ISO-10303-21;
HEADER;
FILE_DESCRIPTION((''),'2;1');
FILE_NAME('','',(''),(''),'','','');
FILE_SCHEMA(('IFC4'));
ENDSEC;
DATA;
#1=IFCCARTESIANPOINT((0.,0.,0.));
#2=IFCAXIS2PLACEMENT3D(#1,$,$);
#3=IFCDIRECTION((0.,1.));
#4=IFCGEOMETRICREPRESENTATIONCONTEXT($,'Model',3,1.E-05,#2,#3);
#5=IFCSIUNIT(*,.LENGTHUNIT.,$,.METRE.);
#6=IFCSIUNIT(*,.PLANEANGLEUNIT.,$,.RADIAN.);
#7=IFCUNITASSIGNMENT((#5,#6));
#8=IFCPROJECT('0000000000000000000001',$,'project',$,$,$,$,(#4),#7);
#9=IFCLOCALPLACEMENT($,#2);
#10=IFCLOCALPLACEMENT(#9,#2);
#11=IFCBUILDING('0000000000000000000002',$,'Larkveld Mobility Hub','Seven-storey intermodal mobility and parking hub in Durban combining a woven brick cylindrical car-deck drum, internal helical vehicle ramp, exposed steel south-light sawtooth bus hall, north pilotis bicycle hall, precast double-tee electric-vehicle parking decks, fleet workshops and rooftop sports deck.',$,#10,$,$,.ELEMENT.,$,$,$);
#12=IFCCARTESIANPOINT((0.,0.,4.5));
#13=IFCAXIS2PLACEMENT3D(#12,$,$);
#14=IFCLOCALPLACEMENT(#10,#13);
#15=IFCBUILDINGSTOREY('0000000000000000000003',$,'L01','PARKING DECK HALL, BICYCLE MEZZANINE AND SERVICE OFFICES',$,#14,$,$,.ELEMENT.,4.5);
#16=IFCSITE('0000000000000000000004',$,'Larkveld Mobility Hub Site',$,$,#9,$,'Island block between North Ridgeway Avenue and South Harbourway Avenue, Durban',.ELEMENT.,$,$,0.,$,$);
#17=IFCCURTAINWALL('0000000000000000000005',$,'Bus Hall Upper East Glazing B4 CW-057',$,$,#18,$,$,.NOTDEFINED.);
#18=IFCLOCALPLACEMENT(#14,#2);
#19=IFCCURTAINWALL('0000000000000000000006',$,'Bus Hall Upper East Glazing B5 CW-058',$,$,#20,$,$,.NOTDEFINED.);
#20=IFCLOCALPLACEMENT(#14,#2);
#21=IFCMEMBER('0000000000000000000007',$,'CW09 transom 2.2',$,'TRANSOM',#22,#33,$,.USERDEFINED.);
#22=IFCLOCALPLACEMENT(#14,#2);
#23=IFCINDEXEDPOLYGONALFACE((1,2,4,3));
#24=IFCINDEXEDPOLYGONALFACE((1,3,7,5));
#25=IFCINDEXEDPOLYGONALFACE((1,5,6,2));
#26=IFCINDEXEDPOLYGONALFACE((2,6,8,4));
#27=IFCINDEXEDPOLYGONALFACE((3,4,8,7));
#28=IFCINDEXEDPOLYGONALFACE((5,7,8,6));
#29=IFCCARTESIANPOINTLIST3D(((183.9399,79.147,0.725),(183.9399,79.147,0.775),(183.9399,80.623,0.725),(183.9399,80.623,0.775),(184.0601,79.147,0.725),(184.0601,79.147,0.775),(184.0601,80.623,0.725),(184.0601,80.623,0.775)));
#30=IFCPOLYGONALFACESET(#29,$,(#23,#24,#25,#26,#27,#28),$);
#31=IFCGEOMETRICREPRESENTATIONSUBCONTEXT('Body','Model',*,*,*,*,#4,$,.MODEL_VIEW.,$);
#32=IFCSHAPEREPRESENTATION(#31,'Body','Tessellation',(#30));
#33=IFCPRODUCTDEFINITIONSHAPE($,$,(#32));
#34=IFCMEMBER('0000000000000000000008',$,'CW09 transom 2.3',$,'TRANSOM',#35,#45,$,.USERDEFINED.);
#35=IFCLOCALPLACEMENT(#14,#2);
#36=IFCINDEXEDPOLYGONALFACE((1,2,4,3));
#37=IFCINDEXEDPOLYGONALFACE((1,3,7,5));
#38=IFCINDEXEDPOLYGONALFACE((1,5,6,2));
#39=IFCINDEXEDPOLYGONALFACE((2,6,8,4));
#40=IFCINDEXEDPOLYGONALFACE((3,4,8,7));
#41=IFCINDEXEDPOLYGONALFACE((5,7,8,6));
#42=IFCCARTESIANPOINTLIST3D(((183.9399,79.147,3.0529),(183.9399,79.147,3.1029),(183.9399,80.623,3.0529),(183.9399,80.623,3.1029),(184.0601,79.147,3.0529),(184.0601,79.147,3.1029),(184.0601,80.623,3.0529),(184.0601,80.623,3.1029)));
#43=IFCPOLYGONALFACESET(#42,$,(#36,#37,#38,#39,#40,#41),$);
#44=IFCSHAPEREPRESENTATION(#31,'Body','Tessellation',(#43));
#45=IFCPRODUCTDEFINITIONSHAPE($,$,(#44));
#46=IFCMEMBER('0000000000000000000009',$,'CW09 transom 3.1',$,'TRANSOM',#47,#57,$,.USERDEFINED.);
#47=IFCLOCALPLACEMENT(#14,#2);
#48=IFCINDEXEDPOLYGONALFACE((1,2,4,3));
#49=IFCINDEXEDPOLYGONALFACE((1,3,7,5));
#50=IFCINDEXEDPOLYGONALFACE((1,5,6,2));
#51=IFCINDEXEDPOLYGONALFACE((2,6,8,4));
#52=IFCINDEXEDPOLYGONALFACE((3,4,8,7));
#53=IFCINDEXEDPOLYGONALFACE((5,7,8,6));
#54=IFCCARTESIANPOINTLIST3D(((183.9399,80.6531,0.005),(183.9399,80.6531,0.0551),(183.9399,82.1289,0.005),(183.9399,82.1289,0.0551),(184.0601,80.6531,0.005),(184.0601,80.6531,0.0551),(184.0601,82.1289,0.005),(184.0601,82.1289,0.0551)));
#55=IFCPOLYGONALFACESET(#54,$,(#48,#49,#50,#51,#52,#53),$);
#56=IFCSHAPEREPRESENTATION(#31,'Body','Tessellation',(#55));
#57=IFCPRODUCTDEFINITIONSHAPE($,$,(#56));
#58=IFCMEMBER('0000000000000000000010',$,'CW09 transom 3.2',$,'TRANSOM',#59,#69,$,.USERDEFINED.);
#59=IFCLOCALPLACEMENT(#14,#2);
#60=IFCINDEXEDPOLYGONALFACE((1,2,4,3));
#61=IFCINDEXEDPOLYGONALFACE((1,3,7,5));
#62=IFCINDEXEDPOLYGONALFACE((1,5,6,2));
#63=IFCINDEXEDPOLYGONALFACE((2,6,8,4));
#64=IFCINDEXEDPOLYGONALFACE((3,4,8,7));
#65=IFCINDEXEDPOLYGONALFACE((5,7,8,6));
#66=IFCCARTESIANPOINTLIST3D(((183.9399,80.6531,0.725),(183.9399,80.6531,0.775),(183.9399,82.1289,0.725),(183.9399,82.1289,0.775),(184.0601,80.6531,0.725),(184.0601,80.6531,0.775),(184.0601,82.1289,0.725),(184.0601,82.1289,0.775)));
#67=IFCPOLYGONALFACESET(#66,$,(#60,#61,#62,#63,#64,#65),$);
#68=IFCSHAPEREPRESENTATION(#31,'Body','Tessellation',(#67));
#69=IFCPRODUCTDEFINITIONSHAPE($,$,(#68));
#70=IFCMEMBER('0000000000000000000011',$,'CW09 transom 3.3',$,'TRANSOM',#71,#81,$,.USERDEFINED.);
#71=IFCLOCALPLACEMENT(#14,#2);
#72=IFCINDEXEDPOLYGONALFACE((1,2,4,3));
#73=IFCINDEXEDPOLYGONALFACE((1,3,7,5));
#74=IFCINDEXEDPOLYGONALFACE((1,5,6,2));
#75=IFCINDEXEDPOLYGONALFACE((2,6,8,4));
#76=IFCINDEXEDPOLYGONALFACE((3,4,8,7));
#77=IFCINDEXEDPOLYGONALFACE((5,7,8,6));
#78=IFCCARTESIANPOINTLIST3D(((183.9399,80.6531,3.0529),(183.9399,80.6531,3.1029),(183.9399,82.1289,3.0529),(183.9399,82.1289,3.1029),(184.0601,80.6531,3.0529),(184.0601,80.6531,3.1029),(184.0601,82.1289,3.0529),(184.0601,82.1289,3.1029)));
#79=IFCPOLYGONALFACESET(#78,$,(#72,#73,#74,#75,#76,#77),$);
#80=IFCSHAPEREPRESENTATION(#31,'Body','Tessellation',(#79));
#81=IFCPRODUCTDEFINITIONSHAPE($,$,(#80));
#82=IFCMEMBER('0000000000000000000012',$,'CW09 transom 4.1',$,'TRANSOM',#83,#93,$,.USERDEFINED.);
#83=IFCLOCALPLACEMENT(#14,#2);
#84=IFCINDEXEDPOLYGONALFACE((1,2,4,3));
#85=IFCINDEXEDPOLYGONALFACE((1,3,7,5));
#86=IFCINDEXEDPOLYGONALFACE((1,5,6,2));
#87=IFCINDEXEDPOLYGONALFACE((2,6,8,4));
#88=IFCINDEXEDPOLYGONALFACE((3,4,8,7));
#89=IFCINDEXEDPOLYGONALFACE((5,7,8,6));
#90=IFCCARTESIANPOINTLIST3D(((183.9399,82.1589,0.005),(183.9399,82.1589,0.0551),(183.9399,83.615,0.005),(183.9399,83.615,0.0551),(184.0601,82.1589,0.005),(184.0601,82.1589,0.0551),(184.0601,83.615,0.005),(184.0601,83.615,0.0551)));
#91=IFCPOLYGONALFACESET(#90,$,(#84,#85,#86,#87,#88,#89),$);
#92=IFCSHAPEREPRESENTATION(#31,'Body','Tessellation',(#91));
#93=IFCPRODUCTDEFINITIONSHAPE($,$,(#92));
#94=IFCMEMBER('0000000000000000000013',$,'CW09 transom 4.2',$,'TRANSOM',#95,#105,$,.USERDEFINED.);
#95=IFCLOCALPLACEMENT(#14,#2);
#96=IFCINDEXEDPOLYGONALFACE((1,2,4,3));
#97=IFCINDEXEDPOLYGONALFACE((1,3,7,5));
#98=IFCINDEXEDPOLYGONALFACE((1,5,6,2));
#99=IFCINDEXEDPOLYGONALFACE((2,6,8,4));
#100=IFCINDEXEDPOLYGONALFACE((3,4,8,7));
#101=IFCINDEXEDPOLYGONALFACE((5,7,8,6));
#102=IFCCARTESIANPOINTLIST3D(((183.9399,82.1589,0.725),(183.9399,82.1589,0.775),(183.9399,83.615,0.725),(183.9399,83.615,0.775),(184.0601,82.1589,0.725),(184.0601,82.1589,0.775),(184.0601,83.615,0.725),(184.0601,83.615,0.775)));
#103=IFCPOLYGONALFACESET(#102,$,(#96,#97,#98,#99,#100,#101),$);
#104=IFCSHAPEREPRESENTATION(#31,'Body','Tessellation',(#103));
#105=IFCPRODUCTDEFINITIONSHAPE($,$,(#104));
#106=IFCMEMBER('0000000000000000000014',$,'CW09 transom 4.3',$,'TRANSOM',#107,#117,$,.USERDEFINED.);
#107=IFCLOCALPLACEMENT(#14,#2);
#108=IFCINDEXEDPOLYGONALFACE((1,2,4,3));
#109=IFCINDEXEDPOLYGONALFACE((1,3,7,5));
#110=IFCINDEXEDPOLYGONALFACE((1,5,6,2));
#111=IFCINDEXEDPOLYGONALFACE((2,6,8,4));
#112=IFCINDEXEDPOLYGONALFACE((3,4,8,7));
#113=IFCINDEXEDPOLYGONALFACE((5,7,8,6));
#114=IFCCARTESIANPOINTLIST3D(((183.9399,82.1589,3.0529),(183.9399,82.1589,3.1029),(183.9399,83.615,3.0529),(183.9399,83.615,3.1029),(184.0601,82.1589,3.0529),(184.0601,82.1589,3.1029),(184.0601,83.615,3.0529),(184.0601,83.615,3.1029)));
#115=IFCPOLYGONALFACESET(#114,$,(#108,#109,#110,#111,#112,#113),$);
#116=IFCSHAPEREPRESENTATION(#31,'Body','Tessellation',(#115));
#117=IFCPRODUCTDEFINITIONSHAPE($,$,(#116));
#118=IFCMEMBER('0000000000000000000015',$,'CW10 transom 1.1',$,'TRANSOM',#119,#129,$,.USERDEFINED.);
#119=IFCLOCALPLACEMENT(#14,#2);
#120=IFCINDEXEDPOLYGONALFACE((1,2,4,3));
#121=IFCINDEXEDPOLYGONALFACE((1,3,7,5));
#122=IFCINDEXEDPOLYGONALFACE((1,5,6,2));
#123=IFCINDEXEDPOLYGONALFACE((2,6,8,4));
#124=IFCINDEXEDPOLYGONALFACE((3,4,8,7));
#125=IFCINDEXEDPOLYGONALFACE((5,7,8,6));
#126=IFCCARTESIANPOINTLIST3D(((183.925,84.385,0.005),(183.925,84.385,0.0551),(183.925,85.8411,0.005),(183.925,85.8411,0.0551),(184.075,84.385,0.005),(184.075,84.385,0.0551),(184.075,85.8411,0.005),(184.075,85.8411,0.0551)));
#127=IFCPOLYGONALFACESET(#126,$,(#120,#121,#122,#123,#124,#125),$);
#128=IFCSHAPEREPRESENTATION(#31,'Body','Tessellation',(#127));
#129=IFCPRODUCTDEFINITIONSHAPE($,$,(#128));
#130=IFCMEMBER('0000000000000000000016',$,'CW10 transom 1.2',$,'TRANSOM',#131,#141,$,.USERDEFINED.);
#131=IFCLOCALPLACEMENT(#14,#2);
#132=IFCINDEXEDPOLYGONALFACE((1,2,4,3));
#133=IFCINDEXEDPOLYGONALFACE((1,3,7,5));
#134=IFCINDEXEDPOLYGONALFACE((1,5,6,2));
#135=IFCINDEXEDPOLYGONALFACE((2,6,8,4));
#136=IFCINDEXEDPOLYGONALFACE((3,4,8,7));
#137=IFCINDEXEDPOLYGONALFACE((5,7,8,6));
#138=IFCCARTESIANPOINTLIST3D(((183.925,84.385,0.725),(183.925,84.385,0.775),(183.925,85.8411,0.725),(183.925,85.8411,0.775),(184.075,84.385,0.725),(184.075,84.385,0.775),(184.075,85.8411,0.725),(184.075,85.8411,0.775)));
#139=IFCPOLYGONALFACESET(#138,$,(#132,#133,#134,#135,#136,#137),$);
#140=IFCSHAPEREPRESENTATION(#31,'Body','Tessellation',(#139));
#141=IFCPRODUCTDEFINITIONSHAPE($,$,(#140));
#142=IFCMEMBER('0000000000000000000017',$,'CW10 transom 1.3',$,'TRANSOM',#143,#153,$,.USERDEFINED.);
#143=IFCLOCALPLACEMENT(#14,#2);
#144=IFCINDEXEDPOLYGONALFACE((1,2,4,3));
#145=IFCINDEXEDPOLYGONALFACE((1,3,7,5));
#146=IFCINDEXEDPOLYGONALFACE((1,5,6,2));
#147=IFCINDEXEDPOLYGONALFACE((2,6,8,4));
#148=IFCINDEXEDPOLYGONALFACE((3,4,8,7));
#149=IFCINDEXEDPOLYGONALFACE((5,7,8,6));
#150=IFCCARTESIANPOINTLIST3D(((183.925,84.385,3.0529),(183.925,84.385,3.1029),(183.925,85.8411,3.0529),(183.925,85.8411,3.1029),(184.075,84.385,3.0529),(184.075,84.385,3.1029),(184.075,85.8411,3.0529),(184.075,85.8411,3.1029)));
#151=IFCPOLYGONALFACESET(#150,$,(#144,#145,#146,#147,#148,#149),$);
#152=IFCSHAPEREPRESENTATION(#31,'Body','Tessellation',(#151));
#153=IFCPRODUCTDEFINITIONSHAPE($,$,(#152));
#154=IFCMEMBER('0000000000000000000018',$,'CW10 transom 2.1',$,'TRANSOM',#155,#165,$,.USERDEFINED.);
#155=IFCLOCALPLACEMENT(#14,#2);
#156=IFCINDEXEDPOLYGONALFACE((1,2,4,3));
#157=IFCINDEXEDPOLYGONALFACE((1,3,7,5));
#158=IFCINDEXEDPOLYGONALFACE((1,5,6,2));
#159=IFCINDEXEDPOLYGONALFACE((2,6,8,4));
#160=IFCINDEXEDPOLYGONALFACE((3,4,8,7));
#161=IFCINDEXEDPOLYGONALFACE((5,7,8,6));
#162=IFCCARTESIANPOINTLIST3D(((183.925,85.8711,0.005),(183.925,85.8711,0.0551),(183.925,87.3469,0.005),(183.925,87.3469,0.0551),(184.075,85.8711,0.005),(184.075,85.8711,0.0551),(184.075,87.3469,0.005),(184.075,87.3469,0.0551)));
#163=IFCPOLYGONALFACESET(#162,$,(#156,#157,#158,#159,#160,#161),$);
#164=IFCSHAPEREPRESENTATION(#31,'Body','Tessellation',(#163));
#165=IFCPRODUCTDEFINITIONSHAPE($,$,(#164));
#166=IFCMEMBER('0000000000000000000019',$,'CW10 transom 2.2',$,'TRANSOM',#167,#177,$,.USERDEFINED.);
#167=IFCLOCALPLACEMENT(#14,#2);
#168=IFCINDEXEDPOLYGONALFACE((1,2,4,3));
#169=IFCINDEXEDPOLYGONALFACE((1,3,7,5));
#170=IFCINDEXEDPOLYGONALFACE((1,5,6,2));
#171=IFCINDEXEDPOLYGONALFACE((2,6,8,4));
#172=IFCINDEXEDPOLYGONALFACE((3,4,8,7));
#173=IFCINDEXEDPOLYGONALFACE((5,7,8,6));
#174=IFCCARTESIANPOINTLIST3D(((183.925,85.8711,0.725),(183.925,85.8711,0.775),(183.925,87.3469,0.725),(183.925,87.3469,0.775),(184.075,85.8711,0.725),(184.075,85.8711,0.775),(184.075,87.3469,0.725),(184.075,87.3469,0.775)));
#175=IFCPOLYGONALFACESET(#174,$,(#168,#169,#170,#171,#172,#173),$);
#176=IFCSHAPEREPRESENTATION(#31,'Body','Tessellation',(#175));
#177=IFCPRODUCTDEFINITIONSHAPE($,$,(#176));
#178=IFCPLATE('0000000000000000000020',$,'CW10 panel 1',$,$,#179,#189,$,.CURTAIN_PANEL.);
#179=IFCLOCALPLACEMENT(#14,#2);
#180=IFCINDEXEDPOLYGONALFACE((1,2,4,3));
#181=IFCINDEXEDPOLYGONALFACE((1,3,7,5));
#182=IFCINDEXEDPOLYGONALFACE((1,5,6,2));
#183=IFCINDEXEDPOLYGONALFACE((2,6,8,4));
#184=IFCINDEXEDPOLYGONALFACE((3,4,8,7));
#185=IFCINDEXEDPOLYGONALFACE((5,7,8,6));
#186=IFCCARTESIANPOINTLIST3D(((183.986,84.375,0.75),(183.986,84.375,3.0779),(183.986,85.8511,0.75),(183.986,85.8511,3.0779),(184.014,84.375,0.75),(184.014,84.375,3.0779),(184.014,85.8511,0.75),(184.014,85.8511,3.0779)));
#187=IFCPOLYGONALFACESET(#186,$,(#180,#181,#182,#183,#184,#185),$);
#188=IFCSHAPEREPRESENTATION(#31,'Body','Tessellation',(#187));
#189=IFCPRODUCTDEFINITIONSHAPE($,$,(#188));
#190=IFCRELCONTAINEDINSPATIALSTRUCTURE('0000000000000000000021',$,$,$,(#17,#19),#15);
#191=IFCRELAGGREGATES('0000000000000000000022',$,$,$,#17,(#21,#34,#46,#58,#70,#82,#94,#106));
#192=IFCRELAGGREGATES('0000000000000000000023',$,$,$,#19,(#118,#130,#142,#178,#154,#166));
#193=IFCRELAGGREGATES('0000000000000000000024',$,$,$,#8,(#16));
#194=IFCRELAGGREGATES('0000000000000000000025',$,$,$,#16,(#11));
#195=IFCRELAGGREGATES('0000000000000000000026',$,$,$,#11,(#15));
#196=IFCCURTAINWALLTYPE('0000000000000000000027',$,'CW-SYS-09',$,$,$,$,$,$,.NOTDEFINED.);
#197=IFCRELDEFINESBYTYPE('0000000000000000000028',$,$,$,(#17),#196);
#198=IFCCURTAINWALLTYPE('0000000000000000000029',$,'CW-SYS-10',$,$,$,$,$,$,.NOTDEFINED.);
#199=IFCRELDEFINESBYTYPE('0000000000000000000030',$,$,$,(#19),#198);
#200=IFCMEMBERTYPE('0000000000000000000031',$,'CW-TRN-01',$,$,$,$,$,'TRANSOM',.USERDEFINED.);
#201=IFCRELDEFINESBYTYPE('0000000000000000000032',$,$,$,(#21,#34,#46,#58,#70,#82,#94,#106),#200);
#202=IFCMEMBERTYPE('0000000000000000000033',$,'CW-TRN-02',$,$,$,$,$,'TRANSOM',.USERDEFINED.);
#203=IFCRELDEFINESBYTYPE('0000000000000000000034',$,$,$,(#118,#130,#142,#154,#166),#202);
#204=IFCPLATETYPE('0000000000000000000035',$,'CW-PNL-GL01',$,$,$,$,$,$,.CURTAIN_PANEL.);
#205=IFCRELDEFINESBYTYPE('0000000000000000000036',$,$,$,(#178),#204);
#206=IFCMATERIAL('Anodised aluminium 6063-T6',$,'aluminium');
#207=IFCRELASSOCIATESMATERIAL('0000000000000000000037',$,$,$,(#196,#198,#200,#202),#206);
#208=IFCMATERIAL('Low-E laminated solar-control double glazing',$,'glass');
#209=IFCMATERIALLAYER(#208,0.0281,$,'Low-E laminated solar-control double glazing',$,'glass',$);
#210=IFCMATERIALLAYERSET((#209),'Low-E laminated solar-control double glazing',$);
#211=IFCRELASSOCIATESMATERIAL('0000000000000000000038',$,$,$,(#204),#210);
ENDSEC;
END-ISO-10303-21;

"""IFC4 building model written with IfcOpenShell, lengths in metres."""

from ifc_helpers import new_model, si_unit, direction, frame, origin, origin_2d, place, context, subcontext, project, spatial, rectangle, extrude, material, layer, layer_set, material_profile, profile_set, type_object, element, aggregate, save


model = new_model("IFC4")

# Units and contexts
model_context = context("Model", 3, precision=1e-05, world=origin(), true_north=direction((0.0, 1.0)))
body_context = subcontext(model_context, "Body", "Model", "MODEL_VIEW")
ifc_project = project(units=[si_unit("LENGTHUNIT", "METRE"), si_unit("PLANEANGLEUNIT", "RADIAN")], contexts=[model_context])

# Site, building, storey
site_placement = place(None, origin())
site = spatial("IfcSite", under=ifc_project, at=site_placement, Name="Larkveld Mobility Hub Site", LongName="Island block between North Ridgeway Avenue and South Harbourway Avenue, Durban", CompositionType="ELEMENT", RefElevation=0.0)
building_placement = place(site_placement, origin())
building = spatial("IfcBuilding", under=site, at=building_placement, Name="Larkveld Mobility Hub", Description="Seven-storey intermodal mobility and parking hub in Durban combining a woven brick cylindrical car-deck drum, internal helical vehicle ramp, exposed steel south-light sawtooth bus hall, north pilotis bicycle hall, precast double-tee electric-vehicle parking decks, fleet workshops and rooftop sports deck.", CompositionType="ELEMENT")
storey_placement = place(building_placement, frame((0.0, 0.0, 4.5)))
storey = spatial("IfcBuildingStorey", under=building, at=storey_placement, Name="L01", Description="PARKING DECK HALL, BICYCLE MEZZANINE AND SERVICE OFFICES", CompositionType="ELEMENT", Elevation=4.5)

# Curtain walls
ifc_material_1 = material(Name="Anodised aluminium 6063-T6", Category="aluminium")
curtain_wall_type_1 = type_object("IfcCurtainWallType", Name="CW-SYS-09", PredefinedType="NOTDEFINED", material=ifc_material_1)
curtain_wall_1_placement = place(storey_placement, origin())
curtain_wall_1 = element("IfcCurtainWall", 1, at=curtain_wall_1_placement, inside=storey, type_object=curtain_wall_type_1, Name="Bus Hall Upper East Glazing B4 CW-057", PredefinedType="NOTDEFINED")
curtain_wall_type_2 = type_object("IfcCurtainWallType", Name="CW-SYS-10", PredefinedType="NOTDEFINED", material=ifc_material_1)
curtain_wall_2_placement = place(storey_placement, origin())
curtain_wall_2 = element("IfcCurtainWall", 2, at=curtain_wall_2_placement, inside=storey, type_object=curtain_wall_type_2, Name="Bus Hall Upper East Glazing B5 CW-058", PredefinedType="NOTDEFINED")

# Members
ifc_material_profile_1 = material_profile(ifc_material_1, rectangle(XDim=0.1201, YDim=0.05, at=origin_2d()), Name="ALU TRAN 50x120")
ifc_profile_set_1 = profile_set([ifc_material_profile_1], Name="Anodised aluminium 6063-T6")
member_type_1 = type_object("IfcMemberType", Name="CW-TRN-01", ElementType="TRANSOM", PredefinedType="USERDEFINED", material=ifc_profile_set_1)
member_1_placement = place(storey_placement, frame((184.0, 79.147, 0.75), z_axis=(0.0, 1.0, 0.0), x_axis=(-1.0, 0.0, 0.0)))
member_1 = element("IfcMember", 3, at=member_1_placement, type_object=member_type_1, Name="CW09 transom 2.2", ObjectType="TRANSOM", PredefinedType="USERDEFINED", context=body_context, shape_type="SweptSolid", body=[
    extrude(rectangle(XDim=0.1201, YDim=0.05, at=origin_2d()), origin(), (0.0, 0.0, 1.0), 1.4761),
])
member_2_placement = place(storey_placement, frame((184.0, 79.147, 3.0779), z_axis=(0.0, 1.0, 0.0), x_axis=(-1.0, 0.0, 0.0)))
member_2 = element("IfcMember", 4, at=member_2_placement, type_object=member_type_1, Name="CW09 transom 2.3", ObjectType="TRANSOM", PredefinedType="USERDEFINED", context=body_context, shape_type="SweptSolid", body=[
    extrude(rectangle(XDim=0.1201, YDim=0.05, at=origin_2d()), origin(), (0.0, 0.0, 1.0), 1.4761),
])
member_3_placement = place(storey_placement, frame((184.0, 80.6531, 0.03), z_axis=(0.0, 1.0, 0.0), x_axis=(-1.0, 0.0, 0.0)))
member_3 = element("IfcMember", 5, at=member_3_placement, type_object=member_type_1, Name="CW09 transom 3.1", ObjectType="TRANSOM", PredefinedType="USERDEFINED", context=body_context, shape_type="SweptSolid", body=[
    extrude(rectangle(XDim=0.1201, YDim=0.05, at=origin_2d()), origin(), (0.0, 0.0, 1.0), 1.4758),
])
member_4_placement = place(storey_placement, frame((184.0, 80.6531, 0.75), z_axis=(0.0, 1.0, 0.0), x_axis=(-1.0, 0.0, 0.0)))
member_4 = element("IfcMember", 6, at=member_4_placement, type_object=member_type_1, Name="CW09 transom 3.2", ObjectType="TRANSOM", PredefinedType="USERDEFINED", context=body_context, shape_type="SweptSolid", body=[
    extrude(rectangle(XDim=0.1201, YDim=0.05, at=origin_2d()), origin(), (0.0, 0.0, 1.0), 1.4758),
])
member_5_placement = place(storey_placement, frame((184.0, 80.6531, 3.0779), z_axis=(0.0, 1.0, 0.0), x_axis=(-1.0, 0.0, 0.0)))
member_5 = element("IfcMember", 7, at=member_5_placement, type_object=member_type_1, Name="CW09 transom 3.3", ObjectType="TRANSOM", PredefinedType="USERDEFINED", context=body_context, shape_type="SweptSolid", body=[
    extrude(rectangle(XDim=0.1201, YDim=0.05, at=origin_2d()), origin(), (0.0, 0.0, 1.0), 1.4758),
])
member_6_placement = place(storey_placement, frame((184.0, 82.1589, 0.03), z_axis=(0.0, 1.0, 0.0), x_axis=(-1.0, 0.0, 0.0)))
member_6 = element("IfcMember", 8, at=member_6_placement, type_object=member_type_1, Name="CW09 transom 4.1", ObjectType="TRANSOM", PredefinedType="USERDEFINED", context=body_context, shape_type="SweptSolid", body=[
    extrude(rectangle(XDim=0.1201, YDim=0.05, at=origin_2d()), origin(), (0.0, 0.0, 1.0), 1.4561),
])
member_7_placement = place(storey_placement, frame((184.0, 82.1589, 0.75), z_axis=(0.0, 1.0, 0.0), x_axis=(-1.0, 0.0, 0.0)))
member_7 = element("IfcMember", 9, at=member_7_placement, type_object=member_type_1, Name="CW09 transom 4.2", ObjectType="TRANSOM", PredefinedType="USERDEFINED", context=body_context, shape_type="SweptSolid", body=[
    extrude(rectangle(XDim=0.1201, YDim=0.05, at=origin_2d()), origin(), (0.0, 0.0, 1.0), 1.4561),
])
member_8_placement = place(storey_placement, frame((184.0, 82.1589, 3.0779), z_axis=(0.0, 1.0, 0.0), x_axis=(-1.0, 0.0, 0.0)))
member_8 = element("IfcMember", 10, at=member_8_placement, type_object=member_type_1, Name="CW09 transom 4.3", ObjectType="TRANSOM", PredefinedType="USERDEFINED", context=body_context, shape_type="SweptSolid", body=[
    extrude(rectangle(XDim=0.1201, YDim=0.05, at=origin_2d()), origin(), (0.0, 0.0, 1.0), 1.4561),
])
ifc_material_profile_2 = material_profile(ifc_material_1, rectangle(XDim=0.1499, YDim=0.05, at=origin_2d()), Name="ALU TRAN 50x150")
ifc_profile_set_2 = profile_set([ifc_material_profile_2], Name="Anodised aluminium 6063-T6")
member_type_2 = type_object("IfcMemberType", Name="CW-TRN-02", ElementType="TRANSOM", PredefinedType="USERDEFINED", material=ifc_profile_set_2)
member_9_placement = place(storey_placement, frame((184.0, 84.385, 0.03), z_axis=(0.0, 1.0, 0.0), x_axis=(-1.0, 0.0, 0.0)))
member_9 = element("IfcMember", 11, at=member_9_placement, type_object=member_type_2, Name="CW10 transom 1.1", ObjectType="TRANSOM", PredefinedType="USERDEFINED", context=body_context, shape_type="SweptSolid", body=[
    extrude(rectangle(XDim=0.1499, YDim=0.05, at=origin_2d()), origin(), (0.0, 0.0, 1.0), 1.4561),
])
member_10_placement = place(storey_placement, frame((184.0, 84.385, 0.75), z_axis=(0.0, 1.0, 0.0), x_axis=(-1.0, 0.0, 0.0)))
member_10 = element("IfcMember", 12, at=member_10_placement, type_object=member_type_2, Name="CW10 transom 1.2", ObjectType="TRANSOM", PredefinedType="USERDEFINED", context=body_context, shape_type="SweptSolid", body=[
    extrude(rectangle(XDim=0.1499, YDim=0.05, at=origin_2d()), origin(), (0.0, 0.0, 1.0), 1.4561),
])
member_11_placement = place(storey_placement, frame((184.0, 84.385, 3.0779), z_axis=(0.0, 1.0, 0.0), x_axis=(-1.0, 0.0, 0.0)))
member_11 = element("IfcMember", 13, at=member_11_placement, type_object=member_type_2, Name="CW10 transom 1.3", ObjectType="TRANSOM", PredefinedType="USERDEFINED", context=body_context, shape_type="SweptSolid", body=[
    extrude(rectangle(XDim=0.1499, YDim=0.05, at=origin_2d()), origin(), (0.0, 0.0, 1.0), 1.4561),
])
member_12_placement = place(storey_placement, frame((184.0, 85.8711, 0.03), z_axis=(0.0, 1.0, 0.0), x_axis=(-1.0, 0.0, 0.0)))
member_12 = element("IfcMember", 14, at=member_12_placement, type_object=member_type_2, Name="CW10 transom 2.1", ObjectType="TRANSOM", PredefinedType="USERDEFINED", context=body_context, shape_type="SweptSolid", body=[
    extrude(rectangle(XDim=0.1499, YDim=0.05, at=origin_2d()), origin(), (0.0, 0.0, 1.0), 1.4758),
])
member_13_placement = place(storey_placement, frame((184.0, 85.8711, 0.75), z_axis=(0.0, 1.0, 0.0), x_axis=(-1.0, 0.0, 0.0)))
member_13 = element("IfcMember", 15, at=member_13_placement, type_object=member_type_2, Name="CW10 transom 2.2", ObjectType="TRANSOM", PredefinedType="USERDEFINED", context=body_context, shape_type="SweptSolid", body=[
    extrude(rectangle(XDim=0.1499, YDim=0.05, at=origin_2d()), origin(), (0.0, 0.0, 1.0), 1.4758),
])

# Plate
ifc_material_2 = material(Name="Low-E laminated solar-control double glazing", Category="glass")
ifc_layer_1 = layer(ifc_material_2, 0.0281, Name="Low-E laminated solar-control double glazing", Category="glass")
ifc_layer_set_1 = layer_set([ifc_layer_1], Name="Low-E laminated solar-control double glazing")
plate_type_1 = type_object("IfcPlateType", Name="CW-PNL-GL01", PredefinedType="CURTAIN_PANEL", material=ifc_layer_set_1)
plate_1_placement = place(storey_placement, frame((184.0, 85.113, 0.75), z_axis=(0.0, 0.0, 1.0), x_axis=(0.0, 1.0, 0.0)))
plate_1 = element("IfcPlate", 16, at=plate_1_placement, type_object=plate_type_1, Name="CW10 panel 1", PredefinedType="CURTAIN_PANEL", context=body_context, shape_type="SweptSolid", body=[
    extrude(rectangle(XDim=1.4761, YDim=0.0281, at=origin_2d()), origin(), (0.0, 0.0, 1.0), 2.3279),
])
aggregate(curtain_wall_1, [member_1, member_2, member_3, member_4, member_5, member_6, member_7, member_8])
aggregate(curtain_wall_2, [member_9, member_10, member_11, plate_1, member_12, member_13])

save(model, "model.ifc")
